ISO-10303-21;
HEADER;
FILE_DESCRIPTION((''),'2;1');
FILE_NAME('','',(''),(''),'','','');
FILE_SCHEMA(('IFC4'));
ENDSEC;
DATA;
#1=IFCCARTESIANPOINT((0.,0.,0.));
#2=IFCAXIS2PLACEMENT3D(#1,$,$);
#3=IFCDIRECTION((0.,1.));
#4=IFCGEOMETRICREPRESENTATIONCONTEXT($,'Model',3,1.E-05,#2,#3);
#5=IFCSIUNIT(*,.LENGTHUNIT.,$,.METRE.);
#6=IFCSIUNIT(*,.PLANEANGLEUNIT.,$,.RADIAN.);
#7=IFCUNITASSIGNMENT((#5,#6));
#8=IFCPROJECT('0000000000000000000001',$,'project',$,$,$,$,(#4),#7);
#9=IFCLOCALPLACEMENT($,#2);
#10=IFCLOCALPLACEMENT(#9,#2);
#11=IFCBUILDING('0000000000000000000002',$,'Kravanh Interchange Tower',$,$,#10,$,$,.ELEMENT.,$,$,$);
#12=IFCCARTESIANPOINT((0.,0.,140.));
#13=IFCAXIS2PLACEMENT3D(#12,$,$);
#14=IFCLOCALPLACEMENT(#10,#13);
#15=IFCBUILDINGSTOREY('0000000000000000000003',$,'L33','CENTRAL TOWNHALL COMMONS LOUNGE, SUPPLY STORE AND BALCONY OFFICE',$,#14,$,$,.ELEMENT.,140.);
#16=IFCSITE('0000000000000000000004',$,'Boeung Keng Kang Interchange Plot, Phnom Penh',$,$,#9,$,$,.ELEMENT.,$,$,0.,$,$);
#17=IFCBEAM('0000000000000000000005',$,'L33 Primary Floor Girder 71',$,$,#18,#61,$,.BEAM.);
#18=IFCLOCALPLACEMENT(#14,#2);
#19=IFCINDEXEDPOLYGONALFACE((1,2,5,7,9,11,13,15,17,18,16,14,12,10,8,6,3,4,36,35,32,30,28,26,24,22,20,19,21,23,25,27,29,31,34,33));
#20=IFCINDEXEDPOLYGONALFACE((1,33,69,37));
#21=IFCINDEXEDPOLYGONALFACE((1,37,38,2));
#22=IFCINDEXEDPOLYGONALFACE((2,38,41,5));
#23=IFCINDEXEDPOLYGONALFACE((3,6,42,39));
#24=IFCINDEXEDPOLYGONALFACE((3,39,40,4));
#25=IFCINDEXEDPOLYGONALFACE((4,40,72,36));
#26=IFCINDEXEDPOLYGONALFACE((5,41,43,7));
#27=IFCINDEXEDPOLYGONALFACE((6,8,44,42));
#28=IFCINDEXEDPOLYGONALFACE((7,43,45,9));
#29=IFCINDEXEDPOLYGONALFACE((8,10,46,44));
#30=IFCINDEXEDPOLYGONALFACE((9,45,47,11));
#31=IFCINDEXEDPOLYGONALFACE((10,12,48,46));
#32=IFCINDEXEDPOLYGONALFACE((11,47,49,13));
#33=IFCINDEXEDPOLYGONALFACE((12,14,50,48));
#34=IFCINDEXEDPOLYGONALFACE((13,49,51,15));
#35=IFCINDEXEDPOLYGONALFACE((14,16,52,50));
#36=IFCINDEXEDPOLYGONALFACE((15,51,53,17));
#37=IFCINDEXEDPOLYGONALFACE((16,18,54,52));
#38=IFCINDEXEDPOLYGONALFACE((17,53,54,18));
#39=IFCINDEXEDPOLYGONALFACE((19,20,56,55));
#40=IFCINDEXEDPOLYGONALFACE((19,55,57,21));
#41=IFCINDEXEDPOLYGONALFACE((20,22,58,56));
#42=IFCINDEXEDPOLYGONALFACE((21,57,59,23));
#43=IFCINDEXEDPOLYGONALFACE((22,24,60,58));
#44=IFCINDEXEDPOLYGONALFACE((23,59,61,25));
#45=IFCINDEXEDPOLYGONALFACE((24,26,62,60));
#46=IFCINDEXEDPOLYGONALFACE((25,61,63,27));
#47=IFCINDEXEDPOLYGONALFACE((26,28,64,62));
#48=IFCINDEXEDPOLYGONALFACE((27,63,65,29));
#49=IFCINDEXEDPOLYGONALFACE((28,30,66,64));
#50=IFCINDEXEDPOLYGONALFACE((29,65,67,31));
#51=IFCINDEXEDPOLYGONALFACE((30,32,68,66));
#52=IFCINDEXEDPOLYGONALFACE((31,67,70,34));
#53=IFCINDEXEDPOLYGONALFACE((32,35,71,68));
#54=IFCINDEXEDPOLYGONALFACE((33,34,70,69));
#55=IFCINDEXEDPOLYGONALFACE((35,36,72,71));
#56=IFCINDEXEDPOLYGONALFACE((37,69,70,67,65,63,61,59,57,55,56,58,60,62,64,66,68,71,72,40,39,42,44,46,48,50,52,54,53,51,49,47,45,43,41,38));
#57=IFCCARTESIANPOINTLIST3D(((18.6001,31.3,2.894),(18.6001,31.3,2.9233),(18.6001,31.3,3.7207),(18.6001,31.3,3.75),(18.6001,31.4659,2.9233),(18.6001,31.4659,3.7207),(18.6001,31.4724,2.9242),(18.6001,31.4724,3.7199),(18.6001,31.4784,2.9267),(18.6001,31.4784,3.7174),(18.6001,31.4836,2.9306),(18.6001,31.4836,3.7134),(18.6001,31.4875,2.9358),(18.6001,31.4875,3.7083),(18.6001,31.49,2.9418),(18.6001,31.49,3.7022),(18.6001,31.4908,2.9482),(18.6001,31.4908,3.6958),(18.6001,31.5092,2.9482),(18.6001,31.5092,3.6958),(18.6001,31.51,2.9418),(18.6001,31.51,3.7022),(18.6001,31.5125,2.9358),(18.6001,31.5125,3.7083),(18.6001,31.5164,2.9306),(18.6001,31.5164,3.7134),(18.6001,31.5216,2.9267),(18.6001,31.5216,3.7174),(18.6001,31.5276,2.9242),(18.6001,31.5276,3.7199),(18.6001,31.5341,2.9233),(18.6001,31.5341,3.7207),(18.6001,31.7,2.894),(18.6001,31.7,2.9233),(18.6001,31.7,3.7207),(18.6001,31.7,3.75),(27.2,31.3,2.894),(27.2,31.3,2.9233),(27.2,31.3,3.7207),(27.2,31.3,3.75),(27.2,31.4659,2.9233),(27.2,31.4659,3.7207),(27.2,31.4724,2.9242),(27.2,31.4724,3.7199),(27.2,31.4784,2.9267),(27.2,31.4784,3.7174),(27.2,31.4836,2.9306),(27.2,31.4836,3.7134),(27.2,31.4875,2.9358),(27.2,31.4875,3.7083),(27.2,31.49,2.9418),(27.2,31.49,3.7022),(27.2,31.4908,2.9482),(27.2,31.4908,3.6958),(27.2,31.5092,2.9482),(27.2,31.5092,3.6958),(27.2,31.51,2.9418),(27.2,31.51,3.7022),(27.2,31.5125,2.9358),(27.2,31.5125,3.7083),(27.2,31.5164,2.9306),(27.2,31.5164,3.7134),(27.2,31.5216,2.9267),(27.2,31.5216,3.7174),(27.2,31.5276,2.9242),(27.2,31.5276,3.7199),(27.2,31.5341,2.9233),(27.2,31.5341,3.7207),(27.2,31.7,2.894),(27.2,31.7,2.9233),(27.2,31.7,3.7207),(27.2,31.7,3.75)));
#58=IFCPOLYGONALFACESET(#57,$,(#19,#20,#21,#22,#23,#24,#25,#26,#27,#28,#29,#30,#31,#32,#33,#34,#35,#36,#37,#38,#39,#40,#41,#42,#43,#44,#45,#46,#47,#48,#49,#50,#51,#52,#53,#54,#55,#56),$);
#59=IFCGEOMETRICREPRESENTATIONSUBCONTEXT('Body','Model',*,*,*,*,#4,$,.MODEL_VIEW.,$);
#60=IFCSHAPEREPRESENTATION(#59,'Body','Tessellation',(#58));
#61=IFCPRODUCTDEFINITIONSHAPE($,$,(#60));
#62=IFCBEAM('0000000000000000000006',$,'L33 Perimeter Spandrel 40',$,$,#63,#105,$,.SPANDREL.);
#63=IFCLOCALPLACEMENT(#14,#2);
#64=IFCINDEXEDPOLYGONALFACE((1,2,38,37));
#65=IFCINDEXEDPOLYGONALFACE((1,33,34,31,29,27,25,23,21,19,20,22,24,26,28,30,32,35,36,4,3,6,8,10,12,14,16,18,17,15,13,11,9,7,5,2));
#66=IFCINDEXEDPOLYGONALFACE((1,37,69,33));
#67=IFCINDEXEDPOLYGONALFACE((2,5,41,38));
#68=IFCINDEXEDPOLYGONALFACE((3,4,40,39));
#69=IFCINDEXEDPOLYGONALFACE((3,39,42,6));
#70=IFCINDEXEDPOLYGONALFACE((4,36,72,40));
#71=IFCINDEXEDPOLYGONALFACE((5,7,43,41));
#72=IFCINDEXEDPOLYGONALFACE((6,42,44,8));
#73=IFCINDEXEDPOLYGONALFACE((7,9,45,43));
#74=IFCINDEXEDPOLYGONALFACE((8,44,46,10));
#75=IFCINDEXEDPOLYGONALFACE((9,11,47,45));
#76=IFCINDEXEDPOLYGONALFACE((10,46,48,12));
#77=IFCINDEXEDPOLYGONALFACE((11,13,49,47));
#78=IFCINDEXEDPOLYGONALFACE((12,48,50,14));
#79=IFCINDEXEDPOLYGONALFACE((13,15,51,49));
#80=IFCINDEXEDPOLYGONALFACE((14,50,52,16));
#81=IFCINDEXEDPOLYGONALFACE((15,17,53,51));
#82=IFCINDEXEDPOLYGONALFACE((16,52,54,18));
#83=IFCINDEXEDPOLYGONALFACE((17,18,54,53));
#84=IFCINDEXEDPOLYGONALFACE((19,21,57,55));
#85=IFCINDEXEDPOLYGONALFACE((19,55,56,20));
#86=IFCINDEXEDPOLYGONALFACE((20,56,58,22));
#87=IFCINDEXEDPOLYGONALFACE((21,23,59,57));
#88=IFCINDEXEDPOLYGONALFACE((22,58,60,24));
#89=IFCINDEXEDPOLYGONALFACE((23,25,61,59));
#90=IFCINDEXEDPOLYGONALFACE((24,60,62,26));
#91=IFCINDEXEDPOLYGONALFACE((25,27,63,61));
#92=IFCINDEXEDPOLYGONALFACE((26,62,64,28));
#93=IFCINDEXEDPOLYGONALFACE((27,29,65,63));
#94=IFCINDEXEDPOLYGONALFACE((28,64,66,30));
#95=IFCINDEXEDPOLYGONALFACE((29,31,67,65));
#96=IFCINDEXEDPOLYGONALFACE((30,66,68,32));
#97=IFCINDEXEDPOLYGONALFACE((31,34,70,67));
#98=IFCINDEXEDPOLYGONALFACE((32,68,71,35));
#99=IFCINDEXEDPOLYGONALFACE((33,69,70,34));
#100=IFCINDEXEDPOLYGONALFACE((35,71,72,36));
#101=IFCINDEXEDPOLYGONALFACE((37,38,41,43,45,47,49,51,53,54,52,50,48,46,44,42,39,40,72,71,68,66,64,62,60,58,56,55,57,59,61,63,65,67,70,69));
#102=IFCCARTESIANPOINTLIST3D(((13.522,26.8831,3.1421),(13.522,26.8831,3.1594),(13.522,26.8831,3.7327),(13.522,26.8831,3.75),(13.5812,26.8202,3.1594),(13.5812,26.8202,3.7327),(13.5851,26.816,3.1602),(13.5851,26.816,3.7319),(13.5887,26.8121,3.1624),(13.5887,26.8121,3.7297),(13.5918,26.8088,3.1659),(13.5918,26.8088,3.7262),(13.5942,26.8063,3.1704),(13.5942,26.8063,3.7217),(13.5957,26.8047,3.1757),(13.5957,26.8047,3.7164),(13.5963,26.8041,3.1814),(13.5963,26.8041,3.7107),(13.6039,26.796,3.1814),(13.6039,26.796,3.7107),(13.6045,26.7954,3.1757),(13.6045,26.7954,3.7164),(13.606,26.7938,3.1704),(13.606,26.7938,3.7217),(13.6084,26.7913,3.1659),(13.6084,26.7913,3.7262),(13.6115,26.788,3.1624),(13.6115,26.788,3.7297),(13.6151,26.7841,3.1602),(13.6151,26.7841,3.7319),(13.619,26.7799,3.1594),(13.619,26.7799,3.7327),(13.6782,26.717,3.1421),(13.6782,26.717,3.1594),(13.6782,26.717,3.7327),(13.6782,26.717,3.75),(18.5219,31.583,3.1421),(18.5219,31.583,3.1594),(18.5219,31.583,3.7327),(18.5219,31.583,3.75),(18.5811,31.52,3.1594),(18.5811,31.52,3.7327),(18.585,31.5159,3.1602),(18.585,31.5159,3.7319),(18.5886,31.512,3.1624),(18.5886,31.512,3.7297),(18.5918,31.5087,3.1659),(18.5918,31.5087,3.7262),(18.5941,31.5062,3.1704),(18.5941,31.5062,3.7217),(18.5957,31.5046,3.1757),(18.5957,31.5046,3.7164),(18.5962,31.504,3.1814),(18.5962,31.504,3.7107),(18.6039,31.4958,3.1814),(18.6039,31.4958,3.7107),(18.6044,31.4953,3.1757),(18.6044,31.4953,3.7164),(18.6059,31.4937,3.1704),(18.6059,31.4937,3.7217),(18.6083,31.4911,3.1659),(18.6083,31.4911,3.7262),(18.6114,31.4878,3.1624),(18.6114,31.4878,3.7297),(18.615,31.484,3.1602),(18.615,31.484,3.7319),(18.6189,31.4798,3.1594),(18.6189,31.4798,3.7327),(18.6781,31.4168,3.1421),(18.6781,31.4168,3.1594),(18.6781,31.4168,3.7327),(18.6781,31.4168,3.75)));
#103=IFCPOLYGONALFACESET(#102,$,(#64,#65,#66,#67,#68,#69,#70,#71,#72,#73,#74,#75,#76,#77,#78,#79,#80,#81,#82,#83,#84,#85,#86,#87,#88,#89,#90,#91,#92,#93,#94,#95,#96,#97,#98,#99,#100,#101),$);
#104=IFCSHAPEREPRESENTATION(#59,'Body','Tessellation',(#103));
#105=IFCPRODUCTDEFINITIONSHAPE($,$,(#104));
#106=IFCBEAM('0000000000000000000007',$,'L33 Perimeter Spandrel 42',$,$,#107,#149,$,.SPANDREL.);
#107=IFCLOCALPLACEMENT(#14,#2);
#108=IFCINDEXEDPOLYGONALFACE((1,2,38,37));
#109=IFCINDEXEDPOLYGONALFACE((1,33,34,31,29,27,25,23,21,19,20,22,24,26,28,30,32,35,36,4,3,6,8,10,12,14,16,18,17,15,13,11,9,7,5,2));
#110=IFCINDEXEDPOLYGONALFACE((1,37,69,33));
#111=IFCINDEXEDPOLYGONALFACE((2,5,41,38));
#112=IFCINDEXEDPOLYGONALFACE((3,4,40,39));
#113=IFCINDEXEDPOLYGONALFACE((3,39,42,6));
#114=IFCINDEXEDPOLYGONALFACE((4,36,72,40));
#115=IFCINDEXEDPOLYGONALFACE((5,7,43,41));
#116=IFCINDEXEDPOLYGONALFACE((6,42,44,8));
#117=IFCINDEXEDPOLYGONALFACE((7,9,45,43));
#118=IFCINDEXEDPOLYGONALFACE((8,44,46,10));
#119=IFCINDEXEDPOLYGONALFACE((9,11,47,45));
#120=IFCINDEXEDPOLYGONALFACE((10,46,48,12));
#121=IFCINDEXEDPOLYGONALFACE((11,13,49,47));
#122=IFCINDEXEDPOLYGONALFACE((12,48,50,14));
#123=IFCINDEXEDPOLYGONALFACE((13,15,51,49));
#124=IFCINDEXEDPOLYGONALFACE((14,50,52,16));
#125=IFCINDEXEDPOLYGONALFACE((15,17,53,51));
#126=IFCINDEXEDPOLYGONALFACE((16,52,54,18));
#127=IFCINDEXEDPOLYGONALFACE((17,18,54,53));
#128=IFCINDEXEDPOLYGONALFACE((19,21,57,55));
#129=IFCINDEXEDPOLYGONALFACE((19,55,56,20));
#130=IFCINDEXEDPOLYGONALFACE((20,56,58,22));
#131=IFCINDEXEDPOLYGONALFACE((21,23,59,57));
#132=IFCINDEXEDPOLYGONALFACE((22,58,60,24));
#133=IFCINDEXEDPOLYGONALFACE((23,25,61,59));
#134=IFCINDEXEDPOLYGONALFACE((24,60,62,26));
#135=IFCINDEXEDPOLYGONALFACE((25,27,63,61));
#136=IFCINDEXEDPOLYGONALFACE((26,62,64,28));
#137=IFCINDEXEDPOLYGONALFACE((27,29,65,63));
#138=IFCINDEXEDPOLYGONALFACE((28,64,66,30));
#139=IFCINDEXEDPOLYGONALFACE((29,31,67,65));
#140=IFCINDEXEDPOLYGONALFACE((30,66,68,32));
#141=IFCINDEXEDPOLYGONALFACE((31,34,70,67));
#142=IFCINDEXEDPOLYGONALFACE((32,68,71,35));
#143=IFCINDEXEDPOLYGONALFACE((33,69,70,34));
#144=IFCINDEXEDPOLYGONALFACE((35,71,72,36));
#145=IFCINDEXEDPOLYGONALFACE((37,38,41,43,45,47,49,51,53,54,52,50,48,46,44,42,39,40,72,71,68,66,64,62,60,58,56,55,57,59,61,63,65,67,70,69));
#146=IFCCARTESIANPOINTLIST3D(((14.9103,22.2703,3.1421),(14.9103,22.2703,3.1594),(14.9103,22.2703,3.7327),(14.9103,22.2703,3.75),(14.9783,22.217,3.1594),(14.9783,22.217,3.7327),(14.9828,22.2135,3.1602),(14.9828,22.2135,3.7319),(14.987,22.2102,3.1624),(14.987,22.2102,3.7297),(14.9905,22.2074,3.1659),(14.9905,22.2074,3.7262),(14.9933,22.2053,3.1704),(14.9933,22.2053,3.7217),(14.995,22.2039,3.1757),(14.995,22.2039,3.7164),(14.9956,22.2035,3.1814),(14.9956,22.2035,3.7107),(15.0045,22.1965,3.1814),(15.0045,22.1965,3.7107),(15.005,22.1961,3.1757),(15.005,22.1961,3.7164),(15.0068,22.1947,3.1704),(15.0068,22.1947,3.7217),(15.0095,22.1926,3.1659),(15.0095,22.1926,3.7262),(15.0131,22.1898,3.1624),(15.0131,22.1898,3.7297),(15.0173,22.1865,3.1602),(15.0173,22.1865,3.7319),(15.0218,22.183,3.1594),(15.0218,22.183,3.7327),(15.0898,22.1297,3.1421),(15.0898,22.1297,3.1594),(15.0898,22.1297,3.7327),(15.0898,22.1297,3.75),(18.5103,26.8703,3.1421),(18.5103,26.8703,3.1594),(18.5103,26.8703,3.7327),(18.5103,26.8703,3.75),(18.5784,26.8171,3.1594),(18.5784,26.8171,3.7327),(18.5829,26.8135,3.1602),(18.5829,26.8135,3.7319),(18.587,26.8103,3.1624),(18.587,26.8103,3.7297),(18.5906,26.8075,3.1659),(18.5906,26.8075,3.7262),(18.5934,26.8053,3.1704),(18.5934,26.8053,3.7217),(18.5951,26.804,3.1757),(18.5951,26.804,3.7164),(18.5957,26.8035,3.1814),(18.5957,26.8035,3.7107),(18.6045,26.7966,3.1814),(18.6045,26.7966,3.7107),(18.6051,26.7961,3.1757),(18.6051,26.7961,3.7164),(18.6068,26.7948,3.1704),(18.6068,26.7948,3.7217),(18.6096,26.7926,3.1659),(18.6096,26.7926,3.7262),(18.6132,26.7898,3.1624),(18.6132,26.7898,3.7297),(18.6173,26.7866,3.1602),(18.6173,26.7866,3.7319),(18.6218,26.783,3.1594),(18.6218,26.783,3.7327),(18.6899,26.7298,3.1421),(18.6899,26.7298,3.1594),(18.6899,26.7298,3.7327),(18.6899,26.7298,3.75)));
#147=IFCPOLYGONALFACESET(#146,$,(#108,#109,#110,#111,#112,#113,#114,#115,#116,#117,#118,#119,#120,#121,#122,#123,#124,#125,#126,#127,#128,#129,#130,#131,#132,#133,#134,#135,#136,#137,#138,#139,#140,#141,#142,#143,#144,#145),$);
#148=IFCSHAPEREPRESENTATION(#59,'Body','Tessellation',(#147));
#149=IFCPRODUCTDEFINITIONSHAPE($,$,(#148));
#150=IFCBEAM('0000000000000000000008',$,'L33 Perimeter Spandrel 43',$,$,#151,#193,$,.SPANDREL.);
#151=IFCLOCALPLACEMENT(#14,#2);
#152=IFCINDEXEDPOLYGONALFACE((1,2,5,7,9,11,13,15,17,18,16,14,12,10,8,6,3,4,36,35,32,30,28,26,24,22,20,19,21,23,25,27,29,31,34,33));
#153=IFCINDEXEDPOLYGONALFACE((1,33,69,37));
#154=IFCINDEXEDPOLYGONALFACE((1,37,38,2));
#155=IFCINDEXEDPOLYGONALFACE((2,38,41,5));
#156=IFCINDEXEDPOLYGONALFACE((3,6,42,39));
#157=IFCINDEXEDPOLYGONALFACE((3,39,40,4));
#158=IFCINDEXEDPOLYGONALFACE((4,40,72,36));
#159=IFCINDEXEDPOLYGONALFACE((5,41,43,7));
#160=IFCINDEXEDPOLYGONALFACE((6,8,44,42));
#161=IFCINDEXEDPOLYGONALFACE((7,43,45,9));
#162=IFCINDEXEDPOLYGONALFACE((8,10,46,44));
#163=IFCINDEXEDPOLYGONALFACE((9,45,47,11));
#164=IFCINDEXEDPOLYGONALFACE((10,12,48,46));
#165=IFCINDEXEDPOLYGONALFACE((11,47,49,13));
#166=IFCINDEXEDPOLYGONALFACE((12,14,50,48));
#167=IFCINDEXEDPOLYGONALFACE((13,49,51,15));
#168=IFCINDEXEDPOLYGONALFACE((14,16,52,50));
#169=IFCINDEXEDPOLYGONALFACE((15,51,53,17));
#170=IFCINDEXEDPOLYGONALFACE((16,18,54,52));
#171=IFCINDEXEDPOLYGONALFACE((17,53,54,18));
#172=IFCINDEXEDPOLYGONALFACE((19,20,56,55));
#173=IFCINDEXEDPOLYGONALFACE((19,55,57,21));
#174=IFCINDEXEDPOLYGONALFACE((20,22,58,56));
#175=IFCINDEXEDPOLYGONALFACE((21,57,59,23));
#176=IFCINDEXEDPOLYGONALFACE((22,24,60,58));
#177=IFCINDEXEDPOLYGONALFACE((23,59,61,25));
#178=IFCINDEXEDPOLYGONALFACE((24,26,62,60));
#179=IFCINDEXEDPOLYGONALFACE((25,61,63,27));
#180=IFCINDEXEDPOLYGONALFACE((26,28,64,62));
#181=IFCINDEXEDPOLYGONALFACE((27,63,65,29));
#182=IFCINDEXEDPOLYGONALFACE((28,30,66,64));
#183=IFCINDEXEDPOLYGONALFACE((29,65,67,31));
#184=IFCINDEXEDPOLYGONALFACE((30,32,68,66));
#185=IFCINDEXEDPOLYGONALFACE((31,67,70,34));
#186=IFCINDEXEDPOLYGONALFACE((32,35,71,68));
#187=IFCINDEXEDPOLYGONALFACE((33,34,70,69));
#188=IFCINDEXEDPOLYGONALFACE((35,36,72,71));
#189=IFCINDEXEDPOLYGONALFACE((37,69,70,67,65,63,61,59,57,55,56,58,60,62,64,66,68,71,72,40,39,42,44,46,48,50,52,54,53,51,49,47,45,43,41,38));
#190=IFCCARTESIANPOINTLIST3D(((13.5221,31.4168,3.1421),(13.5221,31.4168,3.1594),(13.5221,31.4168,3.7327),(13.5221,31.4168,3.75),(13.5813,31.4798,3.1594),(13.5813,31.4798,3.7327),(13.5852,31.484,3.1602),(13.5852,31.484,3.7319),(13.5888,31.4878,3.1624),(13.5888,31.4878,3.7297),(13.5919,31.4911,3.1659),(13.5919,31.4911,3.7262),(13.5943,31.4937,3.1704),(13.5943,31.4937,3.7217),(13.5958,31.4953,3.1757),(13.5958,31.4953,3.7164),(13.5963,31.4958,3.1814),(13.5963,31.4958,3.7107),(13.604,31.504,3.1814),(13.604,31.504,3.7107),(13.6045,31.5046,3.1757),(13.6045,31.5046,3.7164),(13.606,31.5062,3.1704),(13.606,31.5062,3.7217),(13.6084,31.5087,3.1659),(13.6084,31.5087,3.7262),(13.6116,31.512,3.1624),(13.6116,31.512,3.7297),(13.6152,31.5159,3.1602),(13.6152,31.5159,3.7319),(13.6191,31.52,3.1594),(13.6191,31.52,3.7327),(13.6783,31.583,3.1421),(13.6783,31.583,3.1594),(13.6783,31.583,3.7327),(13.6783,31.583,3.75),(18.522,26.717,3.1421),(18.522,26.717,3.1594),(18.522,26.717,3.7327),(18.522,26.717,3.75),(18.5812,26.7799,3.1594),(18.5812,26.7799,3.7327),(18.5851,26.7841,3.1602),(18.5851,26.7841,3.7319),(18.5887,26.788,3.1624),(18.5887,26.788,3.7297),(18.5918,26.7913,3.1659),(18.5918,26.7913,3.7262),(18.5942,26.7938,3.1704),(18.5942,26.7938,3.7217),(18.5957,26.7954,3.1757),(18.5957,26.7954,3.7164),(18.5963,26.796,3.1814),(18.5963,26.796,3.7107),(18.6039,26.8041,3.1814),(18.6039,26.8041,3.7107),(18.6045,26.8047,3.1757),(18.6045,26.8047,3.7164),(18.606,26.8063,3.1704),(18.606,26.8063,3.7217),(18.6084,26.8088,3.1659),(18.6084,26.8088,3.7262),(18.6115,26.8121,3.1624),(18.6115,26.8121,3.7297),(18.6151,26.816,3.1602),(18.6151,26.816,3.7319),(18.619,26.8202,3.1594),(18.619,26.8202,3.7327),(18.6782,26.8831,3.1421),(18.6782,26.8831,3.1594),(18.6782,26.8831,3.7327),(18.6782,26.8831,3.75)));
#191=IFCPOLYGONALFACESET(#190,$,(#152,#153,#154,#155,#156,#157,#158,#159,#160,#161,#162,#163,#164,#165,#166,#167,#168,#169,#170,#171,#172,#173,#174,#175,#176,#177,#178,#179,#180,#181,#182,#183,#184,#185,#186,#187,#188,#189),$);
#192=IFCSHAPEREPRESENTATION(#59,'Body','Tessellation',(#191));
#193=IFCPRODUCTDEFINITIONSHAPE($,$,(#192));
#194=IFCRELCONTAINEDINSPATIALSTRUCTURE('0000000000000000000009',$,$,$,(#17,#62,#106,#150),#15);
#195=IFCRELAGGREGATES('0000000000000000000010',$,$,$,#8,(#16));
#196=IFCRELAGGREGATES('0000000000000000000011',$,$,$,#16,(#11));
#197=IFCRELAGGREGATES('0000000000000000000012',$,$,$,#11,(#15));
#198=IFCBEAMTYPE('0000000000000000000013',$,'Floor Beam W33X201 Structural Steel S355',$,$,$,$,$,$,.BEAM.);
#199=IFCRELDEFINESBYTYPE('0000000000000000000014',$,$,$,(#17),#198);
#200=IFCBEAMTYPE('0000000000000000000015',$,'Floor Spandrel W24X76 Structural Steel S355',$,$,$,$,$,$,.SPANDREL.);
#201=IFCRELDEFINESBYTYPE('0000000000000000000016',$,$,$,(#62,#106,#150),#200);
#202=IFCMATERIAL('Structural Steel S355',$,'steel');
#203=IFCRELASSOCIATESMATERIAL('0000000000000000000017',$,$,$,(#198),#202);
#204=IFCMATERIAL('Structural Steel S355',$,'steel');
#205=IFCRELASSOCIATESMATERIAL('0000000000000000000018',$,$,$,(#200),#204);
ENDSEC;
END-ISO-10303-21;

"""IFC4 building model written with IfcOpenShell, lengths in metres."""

from ifc_helpers import new_model, si_unit, direction, frame, origin, origin_2d, place, context, subcontext, project, spatial, i_section, extrude, material, material_profile, profile_set, type_object, element, save


model = new_model("IFC4")

# Units and contexts
model_context = context("Model", 3, precision=1e-05, world=origin(), true_north=direction((0.0, 1.0)))
body_context = subcontext(model_context, "Body", "Model", "MODEL_VIEW")
ifc_project = project(units=[si_unit("LENGTHUNIT", "METRE"), si_unit("PLANEANGLEUNIT", "RADIAN")], contexts=[model_context])

# Site, building, storey
site_placement = place(None, origin())
site = spatial("IfcSite", under=ifc_project, at=site_placement, Name="Boeung Keng Kang Interchange Plot, Phnom Penh", CompositionType="ELEMENT", RefElevation=0.0)
building_placement = place(site_placement, origin())
building = spatial("IfcBuilding", under=site, at=building_placement, Name="Kravanh Interchange Tower", CompositionType="ELEMENT")
storey_placement = place(building_placement, frame((0.0, 0.0, 140.0)))
storey = spatial("IfcBuildingStorey", under=building, at=storey_placement, Name="L33", Description="CENTRAL TOWNHALL COMMONS LOUNGE, SUPPLY STORE AND BALCONY OFFICE", CompositionType="ELEMENT", Elevation=140.0)

# Beams
ifc_material_1 = material(Name="Structural Steel S355", Category="steel")
ifc_material_profile_1 = material_profile(ifc_material_1, i_section(OverallWidth=0.3999, OverallDepth=0.856, WebThickness=0.0183, FlangeThickness=0.0293, FilletRadius=0.0249, at=origin_2d()), Name="W33X201")
ifc_profile_set_1 = profile_set([ifc_material_profile_1], Name="Structural Steel S355")
beam_type_1 = type_object("IfcBeamType", Name="Floor Beam W33X201 Structural Steel S355", PredefinedType="BEAM", material=ifc_profile_set_1)
beam_1_placement = place(storey_placement, frame((18.6001, 31.5, 3.322), z_axis=(1.0, 0.0, 0.0), x_axis=(0.0, 1.0, 0.0)))
element("IfcBeam", 1, at=beam_1_placement, inside=storey, type_object=beam_type_1, Name="L33 Primary Floor Girder 71", PredefinedType="BEAM", context=body_context, shape_type="SweptSolid", body=[
    extrude(i_section(OverallWidth=0.3999, OverallDepth=0.856, WebThickness=0.0183, FlangeThickness=0.0293, FilletRadius=0.0249, at=origin_2d()), origin(), (0.0, 0.0, 1.0), 8.5999),
])
ifc_material_2 = material(Name="Structural Steel S355", Category="steel")
ifc_material_profile_2 = material_profile(ifc_material_2, i_section(OverallWidth=0.228, OverallDepth=0.6079, WebThickness=0.0112, FlangeThickness=0.0173, FilletRadius=0.022, at=origin_2d()), Name="W24X76")
ifc_profile_set_2 = profile_set([ifc_material_profile_2], Name="Structural Steel S355")
beam_type_2 = type_object("IfcBeamType", Name="Floor Spandrel W24X76 Structural Steel S355", PredefinedType="SPANDREL", material=ifc_profile_set_2)
beam_2_placement = place(storey_placement, frame((13.6001, 26.8, 3.446), z_axis=(0.728631, 0.684906, 0.0), x_axis=(-0.684906, 0.728631, 0.0)))
element("IfcBeam", 2, at=beam_2_placement, inside=storey, type_object=beam_type_2, Name="L33 Perimeter Spandrel 40", PredefinedType="SPANDREL", context=body_context, shape_type="SweptSolid", body=[
    extrude(i_section(OverallWidth=0.228, OverallDepth=0.6079, WebThickness=0.0112, FlangeThickness=0.0173, FilletRadius=0.022, at=origin_2d()), origin(), (0.0, 0.0, 1.0), 6.8621),
])
beam_3_placement = place(storey_placement, frame((18.6001, 26.8, 3.446), z_axis=(-0.616311, -0.787503, 0.0), x_axis=(0.787503, -0.616311, 0.0)))
element("IfcBeam", 3, at=beam_3_placement, inside=storey, type_object=beam_type_2, Name="L33 Perimeter Spandrel 42", PredefinedType="SPANDREL", context=body_context, shape_type="SweptSolid", body=[
    extrude(i_section(OverallWidth=0.228, OverallDepth=0.6079, WebThickness=0.0112, FlangeThickness=0.0173, FilletRadius=0.022, at=origin_2d()), origin(), (0.0, 0.0, 1.0), 5.8413),
])
beam_4_placement = place(storey_placement, frame((18.6001, 26.8, 3.446), z_axis=(-0.728631, 0.684906, 0.0), x_axis=(-0.684906, -0.728631, 0.0)))
element("IfcBeam", 4, at=beam_4_placement, inside=storey, type_object=beam_type_2, Name="L33 Perimeter Spandrel 43", PredefinedType="SPANDREL", context=body_context, shape_type="SweptSolid", body=[
    extrude(i_section(OverallWidth=0.228, OverallDepth=0.6079, WebThickness=0.0112, FlangeThickness=0.0173, FilletRadius=0.022, at=origin_2d()), origin(), (0.0, 0.0, 1.0), 6.8621),
])

save(model, "model.ifc")
